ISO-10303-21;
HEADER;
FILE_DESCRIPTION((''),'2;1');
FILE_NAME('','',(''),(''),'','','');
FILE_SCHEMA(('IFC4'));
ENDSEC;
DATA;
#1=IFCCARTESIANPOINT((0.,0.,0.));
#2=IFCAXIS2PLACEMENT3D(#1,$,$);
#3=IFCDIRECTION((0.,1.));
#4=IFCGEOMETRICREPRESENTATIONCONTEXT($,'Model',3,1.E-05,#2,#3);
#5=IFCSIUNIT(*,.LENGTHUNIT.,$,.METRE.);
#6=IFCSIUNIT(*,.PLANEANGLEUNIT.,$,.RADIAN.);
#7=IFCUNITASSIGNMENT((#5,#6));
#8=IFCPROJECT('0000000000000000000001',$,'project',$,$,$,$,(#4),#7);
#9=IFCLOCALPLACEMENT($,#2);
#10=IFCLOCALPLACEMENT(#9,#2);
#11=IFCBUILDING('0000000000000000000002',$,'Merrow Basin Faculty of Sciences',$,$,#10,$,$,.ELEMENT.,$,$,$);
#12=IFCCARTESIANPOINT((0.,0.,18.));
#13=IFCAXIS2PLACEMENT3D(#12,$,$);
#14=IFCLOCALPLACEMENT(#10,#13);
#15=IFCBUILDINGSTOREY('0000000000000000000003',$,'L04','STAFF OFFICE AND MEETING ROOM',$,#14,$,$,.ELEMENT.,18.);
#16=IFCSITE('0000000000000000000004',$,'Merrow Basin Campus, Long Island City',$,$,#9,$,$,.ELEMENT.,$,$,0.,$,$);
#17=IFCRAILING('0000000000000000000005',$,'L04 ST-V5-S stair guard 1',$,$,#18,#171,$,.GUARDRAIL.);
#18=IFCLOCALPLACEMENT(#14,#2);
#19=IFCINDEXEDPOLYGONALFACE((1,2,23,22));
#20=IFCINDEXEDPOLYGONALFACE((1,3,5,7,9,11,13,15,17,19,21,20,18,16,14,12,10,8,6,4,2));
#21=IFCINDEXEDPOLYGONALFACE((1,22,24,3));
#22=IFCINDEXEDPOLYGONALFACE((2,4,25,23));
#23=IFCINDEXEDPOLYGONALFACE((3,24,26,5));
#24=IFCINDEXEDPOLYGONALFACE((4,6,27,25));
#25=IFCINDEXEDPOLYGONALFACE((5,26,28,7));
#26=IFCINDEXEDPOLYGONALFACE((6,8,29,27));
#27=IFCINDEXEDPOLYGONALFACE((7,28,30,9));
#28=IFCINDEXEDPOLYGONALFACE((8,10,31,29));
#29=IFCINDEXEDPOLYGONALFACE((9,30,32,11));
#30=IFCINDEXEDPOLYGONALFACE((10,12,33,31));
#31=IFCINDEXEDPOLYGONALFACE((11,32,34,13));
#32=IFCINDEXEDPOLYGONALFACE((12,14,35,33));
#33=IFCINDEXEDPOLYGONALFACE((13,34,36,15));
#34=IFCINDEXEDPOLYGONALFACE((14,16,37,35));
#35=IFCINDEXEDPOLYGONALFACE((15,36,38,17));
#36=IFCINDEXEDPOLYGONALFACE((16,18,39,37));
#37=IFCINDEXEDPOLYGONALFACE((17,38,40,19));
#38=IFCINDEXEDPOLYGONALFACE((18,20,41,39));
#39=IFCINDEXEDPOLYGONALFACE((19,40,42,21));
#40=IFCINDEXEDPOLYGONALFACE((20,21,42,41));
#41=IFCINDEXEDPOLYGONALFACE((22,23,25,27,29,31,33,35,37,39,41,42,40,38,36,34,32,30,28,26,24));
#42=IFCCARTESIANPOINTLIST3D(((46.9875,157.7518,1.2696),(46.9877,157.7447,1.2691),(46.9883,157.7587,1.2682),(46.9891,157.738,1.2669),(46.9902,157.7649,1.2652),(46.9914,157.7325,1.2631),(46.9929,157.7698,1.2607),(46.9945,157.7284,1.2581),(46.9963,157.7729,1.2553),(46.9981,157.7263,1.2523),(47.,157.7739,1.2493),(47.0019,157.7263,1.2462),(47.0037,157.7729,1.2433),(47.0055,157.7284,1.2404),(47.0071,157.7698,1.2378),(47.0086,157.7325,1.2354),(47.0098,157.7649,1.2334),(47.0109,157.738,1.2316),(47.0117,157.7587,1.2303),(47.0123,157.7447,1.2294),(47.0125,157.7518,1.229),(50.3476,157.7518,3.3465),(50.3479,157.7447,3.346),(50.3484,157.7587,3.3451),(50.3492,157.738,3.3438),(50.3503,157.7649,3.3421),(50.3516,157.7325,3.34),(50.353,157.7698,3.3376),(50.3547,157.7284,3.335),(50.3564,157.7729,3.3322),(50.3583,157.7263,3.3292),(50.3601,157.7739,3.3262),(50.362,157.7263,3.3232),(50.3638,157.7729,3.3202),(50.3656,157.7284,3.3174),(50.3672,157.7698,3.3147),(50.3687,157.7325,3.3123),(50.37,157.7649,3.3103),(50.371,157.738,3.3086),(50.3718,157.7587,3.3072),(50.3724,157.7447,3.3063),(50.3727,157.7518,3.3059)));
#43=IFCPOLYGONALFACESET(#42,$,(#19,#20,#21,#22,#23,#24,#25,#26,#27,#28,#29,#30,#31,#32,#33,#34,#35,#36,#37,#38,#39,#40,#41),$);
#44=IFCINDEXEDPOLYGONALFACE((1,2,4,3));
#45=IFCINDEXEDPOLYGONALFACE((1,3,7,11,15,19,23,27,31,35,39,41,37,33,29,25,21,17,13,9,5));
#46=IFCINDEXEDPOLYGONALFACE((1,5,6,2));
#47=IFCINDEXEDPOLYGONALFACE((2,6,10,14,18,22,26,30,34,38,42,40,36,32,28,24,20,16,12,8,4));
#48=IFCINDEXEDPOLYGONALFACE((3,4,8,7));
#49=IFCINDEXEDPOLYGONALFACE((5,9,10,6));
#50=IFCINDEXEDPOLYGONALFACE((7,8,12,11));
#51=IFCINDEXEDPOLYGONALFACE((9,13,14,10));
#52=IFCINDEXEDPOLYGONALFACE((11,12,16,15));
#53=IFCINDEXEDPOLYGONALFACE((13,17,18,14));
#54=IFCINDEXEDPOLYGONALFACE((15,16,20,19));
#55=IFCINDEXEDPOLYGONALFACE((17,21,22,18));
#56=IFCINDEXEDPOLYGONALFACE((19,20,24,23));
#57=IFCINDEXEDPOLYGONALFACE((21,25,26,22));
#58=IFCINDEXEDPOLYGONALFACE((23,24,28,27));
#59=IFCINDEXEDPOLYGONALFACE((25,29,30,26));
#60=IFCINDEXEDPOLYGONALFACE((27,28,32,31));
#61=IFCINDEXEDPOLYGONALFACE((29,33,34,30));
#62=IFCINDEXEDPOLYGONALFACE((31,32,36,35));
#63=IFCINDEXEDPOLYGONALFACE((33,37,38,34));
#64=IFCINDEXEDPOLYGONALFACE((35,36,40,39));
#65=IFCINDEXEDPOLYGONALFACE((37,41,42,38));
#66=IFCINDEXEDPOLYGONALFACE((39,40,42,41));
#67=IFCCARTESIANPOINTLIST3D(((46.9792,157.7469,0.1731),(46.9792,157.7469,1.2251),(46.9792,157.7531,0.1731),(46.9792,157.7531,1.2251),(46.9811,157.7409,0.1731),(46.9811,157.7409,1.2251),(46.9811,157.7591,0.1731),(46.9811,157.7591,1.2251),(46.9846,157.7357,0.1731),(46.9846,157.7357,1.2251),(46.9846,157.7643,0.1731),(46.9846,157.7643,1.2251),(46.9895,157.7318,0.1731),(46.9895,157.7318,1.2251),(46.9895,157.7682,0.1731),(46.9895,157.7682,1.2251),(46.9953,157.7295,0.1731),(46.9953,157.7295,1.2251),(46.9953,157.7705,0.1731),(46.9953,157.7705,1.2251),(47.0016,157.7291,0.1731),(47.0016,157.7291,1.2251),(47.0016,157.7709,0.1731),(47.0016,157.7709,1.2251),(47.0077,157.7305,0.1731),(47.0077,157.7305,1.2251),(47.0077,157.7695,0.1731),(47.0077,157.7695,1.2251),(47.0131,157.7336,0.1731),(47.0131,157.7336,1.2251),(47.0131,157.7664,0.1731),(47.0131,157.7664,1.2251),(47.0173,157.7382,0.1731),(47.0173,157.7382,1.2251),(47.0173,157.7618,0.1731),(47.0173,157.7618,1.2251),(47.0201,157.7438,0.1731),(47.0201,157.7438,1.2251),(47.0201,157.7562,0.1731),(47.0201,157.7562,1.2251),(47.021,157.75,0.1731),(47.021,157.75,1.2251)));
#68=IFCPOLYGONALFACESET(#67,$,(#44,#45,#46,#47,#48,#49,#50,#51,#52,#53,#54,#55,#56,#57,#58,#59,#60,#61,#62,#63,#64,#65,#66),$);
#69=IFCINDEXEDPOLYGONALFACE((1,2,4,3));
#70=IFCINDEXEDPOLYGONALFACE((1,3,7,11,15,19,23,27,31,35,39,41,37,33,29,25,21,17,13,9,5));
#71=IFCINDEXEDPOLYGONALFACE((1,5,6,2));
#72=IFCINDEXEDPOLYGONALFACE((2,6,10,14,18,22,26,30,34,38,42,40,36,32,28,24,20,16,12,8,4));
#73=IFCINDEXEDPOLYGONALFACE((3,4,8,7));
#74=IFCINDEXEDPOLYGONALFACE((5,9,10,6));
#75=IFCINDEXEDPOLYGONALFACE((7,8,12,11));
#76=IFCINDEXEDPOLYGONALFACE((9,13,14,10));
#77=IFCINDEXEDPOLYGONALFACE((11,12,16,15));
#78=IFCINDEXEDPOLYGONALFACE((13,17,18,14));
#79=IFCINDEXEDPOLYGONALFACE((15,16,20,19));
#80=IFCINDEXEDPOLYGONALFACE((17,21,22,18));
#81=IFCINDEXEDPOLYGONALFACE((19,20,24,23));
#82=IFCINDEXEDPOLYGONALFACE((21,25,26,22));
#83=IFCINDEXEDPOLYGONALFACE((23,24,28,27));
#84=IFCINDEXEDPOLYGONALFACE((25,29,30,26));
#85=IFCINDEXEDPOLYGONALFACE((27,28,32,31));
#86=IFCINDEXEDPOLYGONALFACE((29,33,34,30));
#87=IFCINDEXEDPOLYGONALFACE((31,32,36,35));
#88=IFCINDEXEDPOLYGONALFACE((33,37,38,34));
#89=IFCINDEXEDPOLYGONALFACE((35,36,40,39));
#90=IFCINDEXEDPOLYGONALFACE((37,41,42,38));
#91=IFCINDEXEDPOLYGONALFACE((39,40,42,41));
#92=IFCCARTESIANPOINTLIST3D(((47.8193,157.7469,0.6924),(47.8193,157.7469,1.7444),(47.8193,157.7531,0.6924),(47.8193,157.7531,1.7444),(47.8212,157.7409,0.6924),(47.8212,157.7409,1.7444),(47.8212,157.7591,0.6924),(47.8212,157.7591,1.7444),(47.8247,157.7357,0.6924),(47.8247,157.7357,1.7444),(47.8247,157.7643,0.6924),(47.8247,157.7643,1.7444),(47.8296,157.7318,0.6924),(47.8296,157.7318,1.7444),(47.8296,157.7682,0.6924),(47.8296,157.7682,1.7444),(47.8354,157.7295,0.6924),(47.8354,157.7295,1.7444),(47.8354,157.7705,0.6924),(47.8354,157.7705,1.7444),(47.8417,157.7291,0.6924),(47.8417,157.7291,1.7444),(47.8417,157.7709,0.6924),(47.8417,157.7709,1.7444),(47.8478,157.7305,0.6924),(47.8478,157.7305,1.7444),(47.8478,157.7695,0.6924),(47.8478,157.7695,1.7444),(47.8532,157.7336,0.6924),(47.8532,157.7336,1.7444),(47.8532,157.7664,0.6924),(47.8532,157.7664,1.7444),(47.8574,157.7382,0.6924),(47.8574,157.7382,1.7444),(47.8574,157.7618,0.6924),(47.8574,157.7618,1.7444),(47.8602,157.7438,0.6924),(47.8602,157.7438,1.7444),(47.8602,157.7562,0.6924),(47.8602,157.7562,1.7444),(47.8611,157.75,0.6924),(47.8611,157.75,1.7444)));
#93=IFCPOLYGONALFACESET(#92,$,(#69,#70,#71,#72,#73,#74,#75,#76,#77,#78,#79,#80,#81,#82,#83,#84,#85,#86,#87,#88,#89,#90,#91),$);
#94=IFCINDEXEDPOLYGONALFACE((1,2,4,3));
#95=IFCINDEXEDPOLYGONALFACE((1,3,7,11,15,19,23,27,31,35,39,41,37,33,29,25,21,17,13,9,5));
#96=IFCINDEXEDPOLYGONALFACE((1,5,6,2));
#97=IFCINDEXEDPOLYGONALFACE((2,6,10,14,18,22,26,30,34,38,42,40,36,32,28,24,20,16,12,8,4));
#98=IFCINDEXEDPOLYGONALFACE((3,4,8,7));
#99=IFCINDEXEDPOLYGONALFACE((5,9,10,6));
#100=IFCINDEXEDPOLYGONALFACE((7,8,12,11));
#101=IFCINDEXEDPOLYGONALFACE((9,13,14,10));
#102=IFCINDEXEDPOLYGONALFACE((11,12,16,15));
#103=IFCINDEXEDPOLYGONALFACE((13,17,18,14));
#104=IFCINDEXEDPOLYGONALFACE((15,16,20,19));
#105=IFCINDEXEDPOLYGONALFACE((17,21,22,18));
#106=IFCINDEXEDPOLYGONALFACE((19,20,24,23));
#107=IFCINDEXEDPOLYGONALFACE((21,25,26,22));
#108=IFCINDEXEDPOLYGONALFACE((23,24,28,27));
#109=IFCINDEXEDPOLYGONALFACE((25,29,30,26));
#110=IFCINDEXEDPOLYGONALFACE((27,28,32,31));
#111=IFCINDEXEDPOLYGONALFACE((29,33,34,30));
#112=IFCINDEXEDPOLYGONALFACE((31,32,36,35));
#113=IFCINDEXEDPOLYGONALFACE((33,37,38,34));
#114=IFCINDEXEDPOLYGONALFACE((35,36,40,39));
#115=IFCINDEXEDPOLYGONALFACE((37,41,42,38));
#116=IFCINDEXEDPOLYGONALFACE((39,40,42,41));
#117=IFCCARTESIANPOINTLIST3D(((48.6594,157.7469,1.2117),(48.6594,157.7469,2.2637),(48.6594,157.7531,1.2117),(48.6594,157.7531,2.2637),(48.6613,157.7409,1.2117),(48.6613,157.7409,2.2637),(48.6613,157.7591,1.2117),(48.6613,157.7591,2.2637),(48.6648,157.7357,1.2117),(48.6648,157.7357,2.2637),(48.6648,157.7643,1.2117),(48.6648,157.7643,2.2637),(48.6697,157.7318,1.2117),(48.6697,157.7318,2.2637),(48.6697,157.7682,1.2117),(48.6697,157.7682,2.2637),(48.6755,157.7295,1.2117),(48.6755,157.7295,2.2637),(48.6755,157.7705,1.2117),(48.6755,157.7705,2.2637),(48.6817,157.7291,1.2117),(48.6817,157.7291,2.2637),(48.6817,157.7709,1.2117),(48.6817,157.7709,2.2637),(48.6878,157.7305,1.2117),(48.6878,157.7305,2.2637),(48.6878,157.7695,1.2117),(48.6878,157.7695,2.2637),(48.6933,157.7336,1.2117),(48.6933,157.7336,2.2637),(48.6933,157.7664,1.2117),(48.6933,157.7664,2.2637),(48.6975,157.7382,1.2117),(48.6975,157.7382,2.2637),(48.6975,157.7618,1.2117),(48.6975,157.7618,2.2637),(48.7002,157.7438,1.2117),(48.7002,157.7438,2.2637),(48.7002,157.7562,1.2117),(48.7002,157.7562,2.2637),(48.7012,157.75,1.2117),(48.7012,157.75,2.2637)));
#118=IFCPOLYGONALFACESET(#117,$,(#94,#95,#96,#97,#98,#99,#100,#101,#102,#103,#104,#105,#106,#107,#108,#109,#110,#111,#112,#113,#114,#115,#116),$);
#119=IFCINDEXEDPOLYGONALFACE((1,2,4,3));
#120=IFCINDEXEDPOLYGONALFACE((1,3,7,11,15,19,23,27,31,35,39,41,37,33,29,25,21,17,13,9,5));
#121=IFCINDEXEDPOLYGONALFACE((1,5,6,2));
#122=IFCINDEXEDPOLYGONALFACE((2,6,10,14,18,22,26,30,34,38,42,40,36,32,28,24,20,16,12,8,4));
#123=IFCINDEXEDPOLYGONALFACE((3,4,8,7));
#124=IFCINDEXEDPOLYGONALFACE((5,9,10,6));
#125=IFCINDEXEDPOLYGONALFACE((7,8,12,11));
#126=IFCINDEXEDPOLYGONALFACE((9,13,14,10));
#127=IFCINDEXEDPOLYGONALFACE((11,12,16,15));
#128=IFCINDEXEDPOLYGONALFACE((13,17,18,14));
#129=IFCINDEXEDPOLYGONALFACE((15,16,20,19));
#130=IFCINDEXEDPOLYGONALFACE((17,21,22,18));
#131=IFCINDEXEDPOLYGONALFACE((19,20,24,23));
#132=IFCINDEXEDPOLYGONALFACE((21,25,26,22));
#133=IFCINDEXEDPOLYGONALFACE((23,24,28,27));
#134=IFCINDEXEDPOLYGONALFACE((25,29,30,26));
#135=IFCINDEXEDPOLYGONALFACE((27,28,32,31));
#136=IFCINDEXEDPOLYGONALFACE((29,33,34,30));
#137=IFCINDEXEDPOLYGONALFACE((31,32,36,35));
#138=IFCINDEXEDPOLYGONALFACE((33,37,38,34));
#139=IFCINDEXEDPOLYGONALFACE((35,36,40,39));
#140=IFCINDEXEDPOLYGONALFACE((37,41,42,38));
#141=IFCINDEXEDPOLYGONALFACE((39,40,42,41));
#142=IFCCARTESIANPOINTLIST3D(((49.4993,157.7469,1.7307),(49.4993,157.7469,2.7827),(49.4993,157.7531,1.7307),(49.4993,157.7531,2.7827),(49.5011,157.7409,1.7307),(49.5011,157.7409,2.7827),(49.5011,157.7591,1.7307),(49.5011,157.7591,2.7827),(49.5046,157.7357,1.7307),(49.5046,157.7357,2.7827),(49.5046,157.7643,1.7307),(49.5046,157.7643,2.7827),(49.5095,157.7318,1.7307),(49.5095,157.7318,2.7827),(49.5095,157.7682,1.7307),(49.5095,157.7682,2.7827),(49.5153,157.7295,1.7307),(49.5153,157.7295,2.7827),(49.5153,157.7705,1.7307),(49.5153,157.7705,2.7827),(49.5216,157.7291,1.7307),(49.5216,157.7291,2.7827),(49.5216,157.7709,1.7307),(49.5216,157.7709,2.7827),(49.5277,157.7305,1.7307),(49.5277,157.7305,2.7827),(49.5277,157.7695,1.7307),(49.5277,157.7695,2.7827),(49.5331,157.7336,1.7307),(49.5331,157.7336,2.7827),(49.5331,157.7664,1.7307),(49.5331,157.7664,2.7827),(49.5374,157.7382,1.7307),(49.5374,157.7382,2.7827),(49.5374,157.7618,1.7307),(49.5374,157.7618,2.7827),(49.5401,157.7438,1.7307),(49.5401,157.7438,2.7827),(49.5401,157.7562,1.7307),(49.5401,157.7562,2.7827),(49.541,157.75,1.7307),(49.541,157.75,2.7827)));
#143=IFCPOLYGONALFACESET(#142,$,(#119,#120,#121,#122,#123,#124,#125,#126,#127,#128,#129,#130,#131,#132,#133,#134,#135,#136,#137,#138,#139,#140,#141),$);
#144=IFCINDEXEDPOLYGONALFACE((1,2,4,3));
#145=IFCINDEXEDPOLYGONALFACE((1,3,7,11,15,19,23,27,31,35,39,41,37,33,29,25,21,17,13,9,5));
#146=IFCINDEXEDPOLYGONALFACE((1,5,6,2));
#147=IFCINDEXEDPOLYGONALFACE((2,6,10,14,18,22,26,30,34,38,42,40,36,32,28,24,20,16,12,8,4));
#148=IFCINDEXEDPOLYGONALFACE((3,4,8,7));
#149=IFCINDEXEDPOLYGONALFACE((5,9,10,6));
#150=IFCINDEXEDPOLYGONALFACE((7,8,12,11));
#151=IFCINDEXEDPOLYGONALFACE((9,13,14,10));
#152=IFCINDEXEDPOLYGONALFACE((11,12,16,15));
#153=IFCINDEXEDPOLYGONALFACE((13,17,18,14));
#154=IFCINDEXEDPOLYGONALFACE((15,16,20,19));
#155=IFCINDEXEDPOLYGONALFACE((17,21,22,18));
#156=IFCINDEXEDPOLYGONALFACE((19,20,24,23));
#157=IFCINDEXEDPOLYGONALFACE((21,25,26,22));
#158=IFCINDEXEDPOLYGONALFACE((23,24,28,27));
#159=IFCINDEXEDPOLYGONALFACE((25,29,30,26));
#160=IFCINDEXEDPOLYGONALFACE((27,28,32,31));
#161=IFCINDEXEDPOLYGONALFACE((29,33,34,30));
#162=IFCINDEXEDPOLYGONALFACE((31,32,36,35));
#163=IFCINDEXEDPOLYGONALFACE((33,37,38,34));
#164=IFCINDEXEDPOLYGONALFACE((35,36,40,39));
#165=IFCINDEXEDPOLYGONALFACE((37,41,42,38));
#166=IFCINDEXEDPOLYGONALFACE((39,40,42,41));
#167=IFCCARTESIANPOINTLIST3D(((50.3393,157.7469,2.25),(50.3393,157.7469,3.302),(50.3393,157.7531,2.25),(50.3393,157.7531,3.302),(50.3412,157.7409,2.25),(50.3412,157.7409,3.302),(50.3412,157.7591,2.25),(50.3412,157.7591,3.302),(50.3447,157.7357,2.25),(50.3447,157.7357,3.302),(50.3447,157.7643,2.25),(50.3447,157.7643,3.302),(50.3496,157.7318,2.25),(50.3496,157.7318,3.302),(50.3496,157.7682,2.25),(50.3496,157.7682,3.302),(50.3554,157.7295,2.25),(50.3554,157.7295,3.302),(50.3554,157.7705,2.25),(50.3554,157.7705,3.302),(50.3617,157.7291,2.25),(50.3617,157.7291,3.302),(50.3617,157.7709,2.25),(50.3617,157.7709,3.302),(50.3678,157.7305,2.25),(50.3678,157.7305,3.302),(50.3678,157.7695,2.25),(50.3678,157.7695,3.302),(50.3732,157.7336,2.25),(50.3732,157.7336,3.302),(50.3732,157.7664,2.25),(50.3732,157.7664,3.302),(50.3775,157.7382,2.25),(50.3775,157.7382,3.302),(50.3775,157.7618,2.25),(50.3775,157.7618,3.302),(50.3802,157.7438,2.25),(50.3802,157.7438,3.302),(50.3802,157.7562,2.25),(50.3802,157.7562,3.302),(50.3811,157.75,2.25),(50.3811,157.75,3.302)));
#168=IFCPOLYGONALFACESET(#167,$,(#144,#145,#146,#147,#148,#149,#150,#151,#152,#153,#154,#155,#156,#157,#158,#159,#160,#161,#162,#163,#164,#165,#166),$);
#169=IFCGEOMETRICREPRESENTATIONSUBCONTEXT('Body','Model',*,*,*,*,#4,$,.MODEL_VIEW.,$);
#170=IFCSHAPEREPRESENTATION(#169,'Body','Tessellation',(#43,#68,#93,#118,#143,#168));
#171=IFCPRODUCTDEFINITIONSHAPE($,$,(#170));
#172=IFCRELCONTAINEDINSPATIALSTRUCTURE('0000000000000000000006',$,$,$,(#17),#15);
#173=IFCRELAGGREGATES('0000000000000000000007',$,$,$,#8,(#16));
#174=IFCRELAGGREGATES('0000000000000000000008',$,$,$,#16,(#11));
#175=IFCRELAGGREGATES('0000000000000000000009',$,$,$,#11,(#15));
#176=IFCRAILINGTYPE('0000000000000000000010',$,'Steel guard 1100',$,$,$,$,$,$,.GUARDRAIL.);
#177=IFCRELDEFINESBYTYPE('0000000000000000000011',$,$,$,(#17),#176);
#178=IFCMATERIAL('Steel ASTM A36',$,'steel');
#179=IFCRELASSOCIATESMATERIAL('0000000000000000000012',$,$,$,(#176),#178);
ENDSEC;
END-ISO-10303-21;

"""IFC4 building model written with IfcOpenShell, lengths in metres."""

from ifc_helpers import new_model, si_unit, direction, frame, origin, origin_2d, place, context, subcontext, project, spatial, circle, extrude, material, type_object, element, save


model = new_model("IFC4")

# Units and contexts
model_context = context("Model", 3, precision=1e-05, world=origin(), true_north=direction((0.0, 1.0)))
body_context = subcontext(model_context, "Body", "Model", "MODEL_VIEW")
ifc_project = project(units=[si_unit("LENGTHUNIT", "METRE"), si_unit("PLANEANGLEUNIT", "RADIAN")], contexts=[model_context])

# Site, building, storey
site_placement = place(None, origin())
site = spatial("IfcSite", under=ifc_project, at=site_placement, Name="Merrow Basin Campus, Long Island City", CompositionType="ELEMENT", RefElevation=0.0)
building_placement = place(site_placement, origin())
building = spatial("IfcBuilding", under=site, at=building_placement, Name="Merrow Basin Faculty of Sciences", CompositionType="ELEMENT")
storey_placement = place(building_placement, frame((0.0, 0.0, 18.0)))
storey = spatial("IfcBuildingStorey", under=building, at=storey_placement, Name="L04", Description="STAFF OFFICE AND MEETING ROOM", CompositionType="ELEMENT", Elevation=18.0)

# Railing
ifc_material_1 = material(Name="Steel ASTM A36", Category="steel")
railing_type_1 = type_object("IfcRailingType", Name="Steel guard 1100", PredefinedType="GUARDRAIL", material=ifc_material_1)
railing_1_placement = place(storey_placement, frame((47.0, 157.75, 0.1731)))
element("IfcRailing", 1, at=railing_1_placement, inside=storey, type_object=railing_type_1, Name="L04 ST-V5-S stair guard 1", PredefinedType="GUARDRAIL", context=body_context, shape_type="SweptSolid", body=[
    extrude(circle(Radius=0.0239, at=origin_2d()), frame((0.0, 0.0, 1.0762), z_axis=(0.850623, 0.0, 0.525776), x_axis=(0.0, 1.0, 0.0)), (0.0, 0.0, 1.0), 3.9502),
    extrude(circle(Radius=0.021, at=origin_2d()), origin(), (0.0, 0.0, 1.0), 1.052),
    extrude(circle(Radius=0.021, at=origin_2d()), frame((0.8401, 0.0, 0.5193)), (0.0, 0.0, 1.0), 1.052),
    extrude(circle(Radius=0.021, at=origin_2d()), frame((1.6802, 0.0, 1.0386)), (0.0, 0.0, 1.0), 1.052),
    extrude(circle(Radius=0.021, at=origin_2d()), frame((2.52, 0.0, 1.5576)), (0.0, 0.0, 1.0), 1.052),
    extrude(circle(Radius=0.021, at=origin_2d()), frame((3.3601, 0.0, 2.0769)), (0.0, 0.0, 1.0), 1.052),
])

save(model, "model.ifc")
